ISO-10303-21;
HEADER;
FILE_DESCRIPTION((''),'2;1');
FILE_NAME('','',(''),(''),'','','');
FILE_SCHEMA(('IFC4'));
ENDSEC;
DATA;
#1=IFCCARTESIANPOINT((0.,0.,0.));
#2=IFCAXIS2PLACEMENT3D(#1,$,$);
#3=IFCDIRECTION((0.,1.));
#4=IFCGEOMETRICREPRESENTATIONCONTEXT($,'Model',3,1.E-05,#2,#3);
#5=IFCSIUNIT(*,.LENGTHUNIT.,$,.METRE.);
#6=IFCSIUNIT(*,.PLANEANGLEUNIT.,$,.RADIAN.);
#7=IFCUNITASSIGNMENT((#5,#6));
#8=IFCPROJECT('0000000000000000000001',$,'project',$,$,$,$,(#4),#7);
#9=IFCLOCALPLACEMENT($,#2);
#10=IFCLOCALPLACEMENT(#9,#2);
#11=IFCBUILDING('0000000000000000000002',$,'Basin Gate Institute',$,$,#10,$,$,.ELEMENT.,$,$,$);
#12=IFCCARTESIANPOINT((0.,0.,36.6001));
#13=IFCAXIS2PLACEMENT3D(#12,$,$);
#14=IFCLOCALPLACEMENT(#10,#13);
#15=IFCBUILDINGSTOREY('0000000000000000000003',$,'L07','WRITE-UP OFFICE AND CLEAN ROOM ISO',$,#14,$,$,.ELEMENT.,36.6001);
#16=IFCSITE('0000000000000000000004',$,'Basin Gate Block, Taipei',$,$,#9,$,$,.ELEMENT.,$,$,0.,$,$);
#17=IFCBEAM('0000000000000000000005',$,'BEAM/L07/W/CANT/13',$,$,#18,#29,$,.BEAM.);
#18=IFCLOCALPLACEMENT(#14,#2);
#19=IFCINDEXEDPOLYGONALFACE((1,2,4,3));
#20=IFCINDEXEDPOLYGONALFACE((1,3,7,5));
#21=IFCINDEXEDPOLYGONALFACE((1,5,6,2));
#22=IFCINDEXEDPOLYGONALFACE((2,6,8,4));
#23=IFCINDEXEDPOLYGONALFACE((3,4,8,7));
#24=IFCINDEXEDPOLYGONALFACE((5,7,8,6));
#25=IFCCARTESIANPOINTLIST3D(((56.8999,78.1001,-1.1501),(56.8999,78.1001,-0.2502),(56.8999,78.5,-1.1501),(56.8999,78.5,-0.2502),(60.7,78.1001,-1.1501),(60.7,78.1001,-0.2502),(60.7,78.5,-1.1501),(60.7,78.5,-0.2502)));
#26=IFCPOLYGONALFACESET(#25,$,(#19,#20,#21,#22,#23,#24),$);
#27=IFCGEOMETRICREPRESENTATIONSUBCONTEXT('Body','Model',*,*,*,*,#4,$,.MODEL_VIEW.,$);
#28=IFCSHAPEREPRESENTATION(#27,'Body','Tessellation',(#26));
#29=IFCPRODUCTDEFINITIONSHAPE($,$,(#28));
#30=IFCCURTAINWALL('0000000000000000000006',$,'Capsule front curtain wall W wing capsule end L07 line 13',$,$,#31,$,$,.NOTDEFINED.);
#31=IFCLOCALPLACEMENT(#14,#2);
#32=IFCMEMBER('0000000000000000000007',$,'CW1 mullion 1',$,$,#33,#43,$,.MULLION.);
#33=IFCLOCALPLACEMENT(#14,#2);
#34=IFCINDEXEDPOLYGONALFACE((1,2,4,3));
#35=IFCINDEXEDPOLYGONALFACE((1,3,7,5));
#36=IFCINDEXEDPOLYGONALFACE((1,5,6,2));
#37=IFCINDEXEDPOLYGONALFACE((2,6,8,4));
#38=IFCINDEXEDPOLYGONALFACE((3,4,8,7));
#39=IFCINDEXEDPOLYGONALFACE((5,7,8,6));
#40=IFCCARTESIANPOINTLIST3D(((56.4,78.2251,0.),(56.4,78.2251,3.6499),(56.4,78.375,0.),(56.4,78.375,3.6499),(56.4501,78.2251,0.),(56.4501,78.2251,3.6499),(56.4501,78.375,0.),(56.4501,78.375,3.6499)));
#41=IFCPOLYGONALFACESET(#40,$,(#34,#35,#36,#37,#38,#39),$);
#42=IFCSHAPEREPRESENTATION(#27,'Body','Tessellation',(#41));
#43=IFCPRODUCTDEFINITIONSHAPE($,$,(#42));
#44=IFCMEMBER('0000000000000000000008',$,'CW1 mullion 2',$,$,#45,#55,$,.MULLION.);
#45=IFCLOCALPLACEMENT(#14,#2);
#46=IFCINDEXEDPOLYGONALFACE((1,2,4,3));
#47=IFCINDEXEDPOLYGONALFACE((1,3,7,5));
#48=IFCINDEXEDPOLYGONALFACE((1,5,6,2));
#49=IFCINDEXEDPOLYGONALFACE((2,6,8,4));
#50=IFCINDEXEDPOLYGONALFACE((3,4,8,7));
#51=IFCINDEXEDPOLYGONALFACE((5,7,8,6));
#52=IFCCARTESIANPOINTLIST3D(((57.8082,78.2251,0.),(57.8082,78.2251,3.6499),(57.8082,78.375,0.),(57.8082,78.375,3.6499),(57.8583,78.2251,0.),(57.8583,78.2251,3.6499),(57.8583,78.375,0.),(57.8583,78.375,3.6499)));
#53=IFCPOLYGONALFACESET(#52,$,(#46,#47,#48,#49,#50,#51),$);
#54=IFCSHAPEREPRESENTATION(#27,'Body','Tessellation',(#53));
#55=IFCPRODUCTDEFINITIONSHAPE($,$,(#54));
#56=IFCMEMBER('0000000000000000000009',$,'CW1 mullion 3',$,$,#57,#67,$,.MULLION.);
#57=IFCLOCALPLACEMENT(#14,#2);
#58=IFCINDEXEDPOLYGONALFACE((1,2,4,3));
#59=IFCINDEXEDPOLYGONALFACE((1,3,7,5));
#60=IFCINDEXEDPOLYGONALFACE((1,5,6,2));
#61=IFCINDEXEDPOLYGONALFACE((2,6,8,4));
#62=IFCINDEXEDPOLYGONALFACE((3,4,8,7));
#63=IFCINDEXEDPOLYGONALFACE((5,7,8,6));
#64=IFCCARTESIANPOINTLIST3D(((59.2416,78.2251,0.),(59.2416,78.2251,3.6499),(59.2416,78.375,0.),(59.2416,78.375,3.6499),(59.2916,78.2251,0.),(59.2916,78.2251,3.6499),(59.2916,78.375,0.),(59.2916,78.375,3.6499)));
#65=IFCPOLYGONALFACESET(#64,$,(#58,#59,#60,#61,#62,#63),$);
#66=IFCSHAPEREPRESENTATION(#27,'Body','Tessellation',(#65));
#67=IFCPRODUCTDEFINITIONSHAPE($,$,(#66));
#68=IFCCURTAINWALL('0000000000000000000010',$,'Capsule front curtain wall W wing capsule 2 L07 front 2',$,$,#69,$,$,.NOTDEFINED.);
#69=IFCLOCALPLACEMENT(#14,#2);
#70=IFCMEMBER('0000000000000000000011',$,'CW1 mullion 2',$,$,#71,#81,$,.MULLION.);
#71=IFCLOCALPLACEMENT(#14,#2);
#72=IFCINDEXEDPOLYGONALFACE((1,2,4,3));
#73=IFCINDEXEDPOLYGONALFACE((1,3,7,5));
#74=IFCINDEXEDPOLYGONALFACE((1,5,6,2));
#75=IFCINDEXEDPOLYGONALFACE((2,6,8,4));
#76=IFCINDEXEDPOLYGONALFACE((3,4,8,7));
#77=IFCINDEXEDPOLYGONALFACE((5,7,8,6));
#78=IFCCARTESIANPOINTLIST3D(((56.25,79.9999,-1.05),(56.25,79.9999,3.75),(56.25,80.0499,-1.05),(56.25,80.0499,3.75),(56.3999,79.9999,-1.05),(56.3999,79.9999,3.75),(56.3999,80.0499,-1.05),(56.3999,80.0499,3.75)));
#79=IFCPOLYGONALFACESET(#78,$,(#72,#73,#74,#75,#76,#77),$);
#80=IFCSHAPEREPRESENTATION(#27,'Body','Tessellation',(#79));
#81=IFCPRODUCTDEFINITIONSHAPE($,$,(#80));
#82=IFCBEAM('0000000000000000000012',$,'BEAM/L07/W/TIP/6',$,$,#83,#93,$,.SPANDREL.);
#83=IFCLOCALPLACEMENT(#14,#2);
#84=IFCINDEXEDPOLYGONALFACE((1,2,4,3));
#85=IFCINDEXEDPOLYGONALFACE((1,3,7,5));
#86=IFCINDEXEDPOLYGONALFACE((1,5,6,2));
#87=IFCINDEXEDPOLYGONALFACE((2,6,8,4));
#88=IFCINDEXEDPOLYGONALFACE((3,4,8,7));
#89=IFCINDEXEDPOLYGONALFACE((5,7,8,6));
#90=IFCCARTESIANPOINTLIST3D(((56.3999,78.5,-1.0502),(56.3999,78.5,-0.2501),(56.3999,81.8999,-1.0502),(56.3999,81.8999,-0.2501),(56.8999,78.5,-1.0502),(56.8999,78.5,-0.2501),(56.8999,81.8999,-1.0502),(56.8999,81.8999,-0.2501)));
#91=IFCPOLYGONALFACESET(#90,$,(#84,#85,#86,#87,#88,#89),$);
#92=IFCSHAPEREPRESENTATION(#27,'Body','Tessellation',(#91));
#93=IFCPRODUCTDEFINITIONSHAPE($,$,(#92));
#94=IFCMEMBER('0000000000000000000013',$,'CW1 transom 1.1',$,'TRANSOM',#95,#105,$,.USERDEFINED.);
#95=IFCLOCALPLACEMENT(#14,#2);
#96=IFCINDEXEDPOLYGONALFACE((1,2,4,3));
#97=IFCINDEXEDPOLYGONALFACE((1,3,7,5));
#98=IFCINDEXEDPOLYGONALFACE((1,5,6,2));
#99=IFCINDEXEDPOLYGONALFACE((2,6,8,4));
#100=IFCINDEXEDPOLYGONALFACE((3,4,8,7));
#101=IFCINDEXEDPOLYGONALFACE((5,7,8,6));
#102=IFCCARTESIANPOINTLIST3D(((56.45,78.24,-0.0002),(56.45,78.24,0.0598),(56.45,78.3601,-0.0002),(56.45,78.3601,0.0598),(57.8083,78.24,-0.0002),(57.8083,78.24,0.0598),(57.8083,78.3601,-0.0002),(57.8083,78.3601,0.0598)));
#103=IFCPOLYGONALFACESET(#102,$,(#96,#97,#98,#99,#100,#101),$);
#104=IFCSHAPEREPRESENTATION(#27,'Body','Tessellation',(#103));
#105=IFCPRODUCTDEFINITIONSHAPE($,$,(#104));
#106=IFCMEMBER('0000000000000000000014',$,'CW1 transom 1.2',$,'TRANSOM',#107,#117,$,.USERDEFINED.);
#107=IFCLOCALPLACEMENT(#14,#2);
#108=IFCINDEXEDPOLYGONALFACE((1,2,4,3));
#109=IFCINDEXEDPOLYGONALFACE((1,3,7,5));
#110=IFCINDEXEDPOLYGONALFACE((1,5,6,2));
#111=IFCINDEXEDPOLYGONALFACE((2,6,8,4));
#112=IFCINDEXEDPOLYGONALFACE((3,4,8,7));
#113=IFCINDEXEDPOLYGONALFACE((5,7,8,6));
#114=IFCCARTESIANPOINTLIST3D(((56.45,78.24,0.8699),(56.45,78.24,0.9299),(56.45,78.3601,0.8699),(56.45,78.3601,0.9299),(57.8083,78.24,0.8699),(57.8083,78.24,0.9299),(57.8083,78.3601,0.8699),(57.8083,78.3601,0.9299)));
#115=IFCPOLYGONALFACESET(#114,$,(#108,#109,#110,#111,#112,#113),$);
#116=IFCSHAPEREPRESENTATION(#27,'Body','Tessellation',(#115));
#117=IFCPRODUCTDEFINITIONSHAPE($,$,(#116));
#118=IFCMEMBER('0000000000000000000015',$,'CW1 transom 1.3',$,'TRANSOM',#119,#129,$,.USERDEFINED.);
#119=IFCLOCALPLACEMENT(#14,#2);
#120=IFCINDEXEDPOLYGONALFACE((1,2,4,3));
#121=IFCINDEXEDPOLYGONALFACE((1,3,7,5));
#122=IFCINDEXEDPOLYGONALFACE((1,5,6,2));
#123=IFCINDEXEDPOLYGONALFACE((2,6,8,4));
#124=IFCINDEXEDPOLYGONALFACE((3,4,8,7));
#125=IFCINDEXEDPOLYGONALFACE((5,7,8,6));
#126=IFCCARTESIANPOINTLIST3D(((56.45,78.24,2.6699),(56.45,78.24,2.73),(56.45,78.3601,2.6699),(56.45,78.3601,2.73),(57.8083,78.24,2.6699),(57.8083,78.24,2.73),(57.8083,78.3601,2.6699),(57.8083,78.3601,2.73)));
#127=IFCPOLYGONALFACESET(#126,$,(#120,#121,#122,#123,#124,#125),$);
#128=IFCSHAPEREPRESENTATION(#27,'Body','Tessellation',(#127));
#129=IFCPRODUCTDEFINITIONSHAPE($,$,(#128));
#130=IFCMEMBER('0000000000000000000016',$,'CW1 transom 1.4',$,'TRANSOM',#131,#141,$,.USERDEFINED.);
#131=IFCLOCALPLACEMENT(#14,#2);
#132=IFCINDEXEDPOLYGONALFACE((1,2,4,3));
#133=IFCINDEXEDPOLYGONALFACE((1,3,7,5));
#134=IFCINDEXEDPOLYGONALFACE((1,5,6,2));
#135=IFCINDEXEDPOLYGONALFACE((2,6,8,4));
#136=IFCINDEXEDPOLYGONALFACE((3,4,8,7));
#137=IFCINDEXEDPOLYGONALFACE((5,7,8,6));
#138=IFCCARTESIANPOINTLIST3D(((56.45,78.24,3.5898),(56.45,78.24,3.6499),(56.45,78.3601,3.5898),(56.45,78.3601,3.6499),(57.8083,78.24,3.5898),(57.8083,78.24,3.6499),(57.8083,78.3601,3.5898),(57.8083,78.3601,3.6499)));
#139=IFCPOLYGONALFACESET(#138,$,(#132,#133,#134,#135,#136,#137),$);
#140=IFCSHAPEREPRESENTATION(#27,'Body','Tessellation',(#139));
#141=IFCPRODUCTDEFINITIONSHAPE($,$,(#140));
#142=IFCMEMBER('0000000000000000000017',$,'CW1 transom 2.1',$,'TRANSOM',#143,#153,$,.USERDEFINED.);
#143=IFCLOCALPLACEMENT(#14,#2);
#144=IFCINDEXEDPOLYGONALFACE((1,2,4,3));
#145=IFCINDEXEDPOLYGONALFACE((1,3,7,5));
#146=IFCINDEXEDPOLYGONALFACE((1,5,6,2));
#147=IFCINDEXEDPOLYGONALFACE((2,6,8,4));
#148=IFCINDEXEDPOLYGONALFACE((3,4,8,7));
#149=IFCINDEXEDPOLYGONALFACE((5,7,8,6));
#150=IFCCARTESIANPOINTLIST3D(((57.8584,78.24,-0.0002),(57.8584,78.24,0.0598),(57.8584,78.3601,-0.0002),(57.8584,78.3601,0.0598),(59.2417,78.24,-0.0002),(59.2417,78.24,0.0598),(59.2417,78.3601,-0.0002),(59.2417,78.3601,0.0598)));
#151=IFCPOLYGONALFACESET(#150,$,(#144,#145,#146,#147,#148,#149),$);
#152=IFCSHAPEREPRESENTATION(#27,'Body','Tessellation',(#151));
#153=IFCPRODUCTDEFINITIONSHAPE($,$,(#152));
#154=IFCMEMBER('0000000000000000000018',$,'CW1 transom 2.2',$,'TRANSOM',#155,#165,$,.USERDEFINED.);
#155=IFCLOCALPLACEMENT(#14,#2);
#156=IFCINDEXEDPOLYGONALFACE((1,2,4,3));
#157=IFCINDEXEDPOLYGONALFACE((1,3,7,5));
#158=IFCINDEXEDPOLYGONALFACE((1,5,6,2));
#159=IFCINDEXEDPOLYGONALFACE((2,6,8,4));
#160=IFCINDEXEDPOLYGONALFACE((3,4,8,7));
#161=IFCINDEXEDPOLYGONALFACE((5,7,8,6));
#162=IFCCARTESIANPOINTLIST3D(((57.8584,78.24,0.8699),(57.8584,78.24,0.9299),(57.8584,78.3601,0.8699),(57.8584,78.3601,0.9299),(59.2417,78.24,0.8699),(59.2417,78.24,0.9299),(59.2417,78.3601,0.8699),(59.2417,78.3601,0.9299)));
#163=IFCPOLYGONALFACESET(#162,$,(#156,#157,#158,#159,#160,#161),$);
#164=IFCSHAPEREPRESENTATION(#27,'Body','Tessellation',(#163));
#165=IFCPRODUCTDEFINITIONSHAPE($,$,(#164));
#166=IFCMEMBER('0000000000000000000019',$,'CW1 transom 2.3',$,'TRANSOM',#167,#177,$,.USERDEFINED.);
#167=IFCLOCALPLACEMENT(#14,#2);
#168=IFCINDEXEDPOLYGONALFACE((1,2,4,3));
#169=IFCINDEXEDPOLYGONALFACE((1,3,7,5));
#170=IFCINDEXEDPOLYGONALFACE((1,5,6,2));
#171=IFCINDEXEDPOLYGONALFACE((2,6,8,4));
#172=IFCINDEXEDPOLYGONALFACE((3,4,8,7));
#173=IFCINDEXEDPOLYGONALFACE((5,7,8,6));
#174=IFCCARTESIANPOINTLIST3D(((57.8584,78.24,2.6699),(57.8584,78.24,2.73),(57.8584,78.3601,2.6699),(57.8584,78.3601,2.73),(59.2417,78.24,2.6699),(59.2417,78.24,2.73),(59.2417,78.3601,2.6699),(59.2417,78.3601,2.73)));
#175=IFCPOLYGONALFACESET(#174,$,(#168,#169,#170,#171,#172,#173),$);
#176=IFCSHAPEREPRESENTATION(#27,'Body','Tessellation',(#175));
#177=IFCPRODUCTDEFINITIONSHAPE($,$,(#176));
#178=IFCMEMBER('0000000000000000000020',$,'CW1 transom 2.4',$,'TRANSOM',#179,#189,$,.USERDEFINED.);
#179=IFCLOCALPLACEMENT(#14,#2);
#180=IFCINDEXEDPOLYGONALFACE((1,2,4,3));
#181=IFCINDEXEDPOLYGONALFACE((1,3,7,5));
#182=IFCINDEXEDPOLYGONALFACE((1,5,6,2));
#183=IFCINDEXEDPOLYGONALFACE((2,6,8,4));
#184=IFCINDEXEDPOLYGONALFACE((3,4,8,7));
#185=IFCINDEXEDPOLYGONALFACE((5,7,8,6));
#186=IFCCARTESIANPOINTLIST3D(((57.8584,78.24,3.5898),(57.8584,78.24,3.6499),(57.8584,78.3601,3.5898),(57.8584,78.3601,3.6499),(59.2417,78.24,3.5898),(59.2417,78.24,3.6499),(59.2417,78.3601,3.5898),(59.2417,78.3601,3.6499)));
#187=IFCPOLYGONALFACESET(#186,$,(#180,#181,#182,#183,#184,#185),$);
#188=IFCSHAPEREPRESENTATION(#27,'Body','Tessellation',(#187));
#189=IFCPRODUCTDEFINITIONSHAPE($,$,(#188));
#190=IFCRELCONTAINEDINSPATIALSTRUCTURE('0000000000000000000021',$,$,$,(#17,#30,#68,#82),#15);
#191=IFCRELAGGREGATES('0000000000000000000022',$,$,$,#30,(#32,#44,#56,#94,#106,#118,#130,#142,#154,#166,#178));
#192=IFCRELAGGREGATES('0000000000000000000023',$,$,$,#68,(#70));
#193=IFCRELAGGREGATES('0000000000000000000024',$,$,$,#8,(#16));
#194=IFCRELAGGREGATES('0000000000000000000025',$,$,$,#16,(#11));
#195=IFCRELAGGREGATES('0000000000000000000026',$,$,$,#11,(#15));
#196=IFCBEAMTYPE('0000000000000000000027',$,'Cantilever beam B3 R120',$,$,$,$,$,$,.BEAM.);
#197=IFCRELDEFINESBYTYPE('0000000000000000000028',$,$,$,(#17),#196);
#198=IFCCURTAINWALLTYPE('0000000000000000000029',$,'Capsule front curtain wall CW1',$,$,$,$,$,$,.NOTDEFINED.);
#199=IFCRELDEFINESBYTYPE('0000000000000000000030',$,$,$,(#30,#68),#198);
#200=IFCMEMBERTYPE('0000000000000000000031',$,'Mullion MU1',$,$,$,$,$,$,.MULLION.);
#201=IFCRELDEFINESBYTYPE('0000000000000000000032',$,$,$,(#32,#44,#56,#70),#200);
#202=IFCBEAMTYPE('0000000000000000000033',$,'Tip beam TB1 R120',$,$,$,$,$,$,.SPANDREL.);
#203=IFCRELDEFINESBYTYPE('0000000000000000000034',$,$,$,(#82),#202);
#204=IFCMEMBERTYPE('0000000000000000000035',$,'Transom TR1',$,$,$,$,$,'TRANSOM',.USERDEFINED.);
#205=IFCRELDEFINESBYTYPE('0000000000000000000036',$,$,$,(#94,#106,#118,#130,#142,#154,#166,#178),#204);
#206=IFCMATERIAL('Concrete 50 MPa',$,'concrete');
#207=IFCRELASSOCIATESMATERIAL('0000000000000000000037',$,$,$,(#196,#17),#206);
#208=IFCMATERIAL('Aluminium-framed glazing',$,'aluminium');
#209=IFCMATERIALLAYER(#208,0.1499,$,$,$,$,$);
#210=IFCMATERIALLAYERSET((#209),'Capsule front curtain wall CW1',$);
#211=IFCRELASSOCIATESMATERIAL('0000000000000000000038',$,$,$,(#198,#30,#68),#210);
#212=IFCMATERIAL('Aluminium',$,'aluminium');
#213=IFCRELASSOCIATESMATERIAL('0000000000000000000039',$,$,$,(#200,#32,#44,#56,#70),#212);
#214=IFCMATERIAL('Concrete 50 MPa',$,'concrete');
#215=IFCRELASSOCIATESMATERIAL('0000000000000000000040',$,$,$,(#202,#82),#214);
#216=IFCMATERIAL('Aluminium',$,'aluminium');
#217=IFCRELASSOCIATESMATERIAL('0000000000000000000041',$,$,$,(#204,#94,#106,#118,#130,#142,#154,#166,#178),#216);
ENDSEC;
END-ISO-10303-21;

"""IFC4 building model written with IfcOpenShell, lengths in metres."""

from ifc_helpers import new_model, si_unit, direction, frame, origin, origin_2d, place, context, subcontext, project, spatial, rectangle, extrude, material, layer, layer_set, material_profile, profile_set, type_object, element, aggregate, save


model = new_model("IFC4")

# Units and contexts
model_context = context("Model", 3, precision=1e-05, world=origin(), true_north=direction((0.0, 1.0)))
body_context = subcontext(model_context, "Body", "Model", "MODEL_VIEW")
ifc_project = project(units=[si_unit("LENGTHUNIT", "METRE"), si_unit("PLANEANGLEUNIT", "RADIAN")], contexts=[model_context])

# Site, building, storey
site_placement = place(None, origin())
site = spatial("IfcSite", under=ifc_project, at=site_placement, Name="Basin Gate Block, Taipei", CompositionType="ELEMENT", RefElevation=0.0)
building_placement = place(site_placement, origin())
building = spatial("IfcBuilding", under=site, at=building_placement, Name="Basin Gate Institute", CompositionType="ELEMENT")
storey_placement = place(building_placement, frame((0.0, 0.0, 36.6001)))
storey = spatial("IfcBuildingStorey", under=building, at=storey_placement, Name="L07", Description="WRITE-UP OFFICE AND CLEAN ROOM ISO", CompositionType="ELEMENT", Elevation=36.6001)

# Beam
ifc_material_1 = material(Name="Concrete 50 MPa", Category="concrete")
ifc_material_profile_1 = material_profile(ifc_material_1, rectangle(XDim=0.3999, YDim=0.8999, at=origin_2d()), Name="Cantilever beam B3 400 x 900")
ifc_profile_set_1 = profile_set([ifc_material_profile_1], Name="Concrete 50 MPa")
beam_type_1 = type_object("IfcBeamType", Name="Cantilever beam B3 R120", PredefinedType="BEAM", material=ifc_profile_set_1)
beam_1_placement = place(storey_placement, frame((56.8999, 78.3, -0.7002), z_axis=(1.0, 0.0, 0.0), x_axis=(0.0, 1.0, 0.0)))
element("IfcBeam", 1, at=beam_1_placement, inside=storey, type_object=beam_type_1, material=ifc_profile_set_1, Name="BEAM/L07/W/CANT/13", PredefinedType="BEAM", context=body_context, shape_type="SweptSolid", body=[
    extrude(rectangle(XDim=0.3999, YDim=0.8999, at=origin_2d()), origin(), (0.0, 0.0, 1.0), 3.8),
])

# Curtain wall, members
ifc_material_2 = material(Name="Aluminium-framed glazing", Category="aluminium")
ifc_layer_1 = layer(ifc_material_2, 0.1499)
ifc_layer_set_1 = layer_set([ifc_layer_1], Name="Capsule front curtain wall CW1")
curtain_wall_type = type_object("IfcCurtainWallType", Name="Capsule front curtain wall CW1", PredefinedType="NOTDEFINED", material=ifc_layer_set_1)
curtain_wall_1_placement = place(storey_placement, origin())
curtain_wall_1 = element("IfcCurtainWall", 2, at=curtain_wall_1_placement, inside=storey, type_object=curtain_wall_type, material=ifc_layer_set_1, Name="Capsule front curtain wall W wing capsule end L07 line 13", PredefinedType="NOTDEFINED")
ifc_material_3 = material(Name="Aluminium", Category="aluminium")
ifc_material_profile_2 = material_profile(ifc_material_3, rectangle(XDim=0.1499, YDim=0.05, at=origin_2d()), Name="Mullion MU1 150 x 50")
ifc_profile_set_2 = profile_set([ifc_material_profile_2], Name="Aluminium")
member_type_1 = type_object("IfcMemberType", Name="Mullion MU1", PredefinedType="MULLION", material=ifc_profile_set_2)
member_1_placement = place(storey_placement, frame((56.425, 78.3, 0.0), z_axis=(0.0, 0.0, 1.0), x_axis=(0.0, 1.0, 0.0)))
member_1 = element("IfcMember", 3, at=member_1_placement, type_object=member_type_1, material=ifc_profile_set_2, Name="CW1 mullion 1", PredefinedType="MULLION", context=body_context, shape_type="SweptSolid", body=[
    extrude(rectangle(XDim=0.1499, YDim=0.05, at=origin_2d()), origin(), (0.0, 0.0, 1.0), 3.6499),
])
member_2_placement = place(storey_placement, frame((57.8333, 78.3, 0.0), z_axis=(0.0, 0.0, 1.0), x_axis=(0.0, 1.0, 0.0)))
member_2 = element("IfcMember", 4, at=member_2_placement, type_object=member_type_1, material=ifc_profile_set_2, Name="CW1 mullion 2", PredefinedType="MULLION", context=body_context, shape_type="SweptSolid", body=[
    extrude(rectangle(XDim=0.1499, YDim=0.05, at=origin_2d()), origin(), (0.0, 0.0, 1.0), 3.6499),
])
member_3_placement = place(storey_placement, frame((59.2666, 78.3, 0.0), z_axis=(0.0, 0.0, 1.0), x_axis=(0.0, 1.0, 0.0)))
member_3 = element("IfcMember", 5, at=member_3_placement, type_object=member_type_1, material=ifc_profile_set_2, Name="CW1 mullion 3", PredefinedType="MULLION", context=body_context, shape_type="SweptSolid", body=[
    extrude(rectangle(XDim=0.1499, YDim=0.05, at=origin_2d()), origin(), (0.0, 0.0, 1.0), 3.6499),
])

# Curtain wall, member
curtain_wall_2_placement = place(storey_placement, origin())
curtain_wall_2 = element("IfcCurtainWall", 6, at=curtain_wall_2_placement, inside=storey, type_object=curtain_wall_type, material=ifc_layer_set_1, Name="Capsule front curtain wall W wing capsule 2 L07 front 2", PredefinedType="NOTDEFINED")
member_4_placement = place(storey_placement, frame((56.325, 80.0249, -1.05), z_axis=(0.0, 0.0, 1.0), x_axis=(-1.0, 0.0, 0.0)))
member_4 = element("IfcMember", 7, at=member_4_placement, type_object=member_type_1, material=ifc_profile_set_2, Name="CW1 mullion 2", PredefinedType="MULLION", context=body_context, shape_type="SweptSolid", body=[
    extrude(rectangle(XDim=0.1499, YDim=0.05, at=origin_2d()), origin(), (0.0, 0.0, 1.0), 4.8),
])

# Beam
ifc_material_4 = material(Name="Concrete 50 MPa", Category="concrete")
ifc_material_profile_3 = material_profile(ifc_material_4, rectangle(XDim=0.5, YDim=0.8, at=origin_2d()), Name="Tip beam TB1 500 x 800")
ifc_profile_set_3 = profile_set([ifc_material_profile_3], Name="Concrete 50 MPa")
beam_type_2 = type_object("IfcBeamType", Name="Tip beam TB1 R120", PredefinedType="SPANDREL", material=ifc_profile_set_3)
beam_2_placement = place(storey_placement, frame((56.6499, 78.5, -0.6501), z_axis=(0.0, 1.0, 0.0), x_axis=(-1.0, 0.0, 0.0)))
element("IfcBeam", 8, at=beam_2_placement, inside=storey, type_object=beam_type_2, material=ifc_profile_set_3, Name="BEAM/L07/W/TIP/6", PredefinedType="SPANDREL", context=body_context, shape_type="SweptSolid", body=[
    extrude(rectangle(XDim=0.5, YDim=0.8, at=origin_2d()), origin(), (0.0, 0.0, 1.0), 3.3999),
])

# Members
ifc_material_5 = material(Name="Aluminium", Category="aluminium")
ifc_material_profile_4 = material_profile(ifc_material_5, rectangle(XDim=0.1201, YDim=0.0601, at=origin_2d()), Name="Transom TR1 120 x 60")
ifc_profile_set_4 = profile_set([ifc_material_profile_4], Name="Aluminium")
member_type_2 = type_object("IfcMemberType", Name="Transom TR1", ElementType="TRANSOM", PredefinedType="USERDEFINED", material=ifc_profile_set_4)
member_5_placement = place(storey_placement, frame((56.45, 78.3, 0.0298), z_axis=(1.0, 0.0, 0.0), x_axis=(0.0, 1.0, 0.0)))
member_5 = element("IfcMember", 9, at=member_5_placement, type_object=member_type_2, material=ifc_profile_set_4, Name="CW1 transom 1.1", ObjectType="TRANSOM", PredefinedType="USERDEFINED", context=body_context, shape_type="SweptSolid", body=[
    extrude(rectangle(XDim=0.1201, YDim=0.0601, at=origin_2d()), origin(), (0.0, 0.0, 1.0), 1.3584),
])
member_6_placement = place(storey_placement, frame((56.45, 78.3, 0.8999), z_axis=(1.0, 0.0, 0.0), x_axis=(0.0, 1.0, 0.0)))
member_6 = element("IfcMember", 10, at=member_6_placement, type_object=member_type_2, material=ifc_profile_set_4, Name="CW1 transom 1.2", ObjectType="TRANSOM", PredefinedType="USERDEFINED", context=body_context, shape_type="SweptSolid", body=[
    extrude(rectangle(XDim=0.1201, YDim=0.0601, at=origin_2d()), origin(), (0.0, 0.0, 1.0), 1.3584),
])
member_7_placement = place(storey_placement, frame((56.45, 78.3, 2.7), z_axis=(1.0, 0.0, 0.0), x_axis=(0.0, 1.0, 0.0)))
member_7 = element("IfcMember", 11, at=member_7_placement, type_object=member_type_2, material=ifc_profile_set_4, Name="CW1 transom 1.3", ObjectType="TRANSOM", PredefinedType="USERDEFINED", context=body_context, shape_type="SweptSolid", body=[
    extrude(rectangle(XDim=0.1201, YDim=0.0601, at=origin_2d()), origin(), (0.0, 0.0, 1.0), 1.3584),
])
member_8_placement = place(storey_placement, frame((56.45, 78.3, 3.6199), z_axis=(1.0, 0.0, 0.0), x_axis=(0.0, 1.0, 0.0)))
member_8 = element("IfcMember", 12, at=member_8_placement, type_object=member_type_2, material=ifc_profile_set_4, Name="CW1 transom 1.4", ObjectType="TRANSOM", PredefinedType="USERDEFINED", context=body_context, shape_type="SweptSolid", body=[
    extrude(rectangle(XDim=0.1201, YDim=0.0601, at=origin_2d()), origin(), (0.0, 0.0, 1.0), 1.3584),
])
member_9_placement = place(storey_placement, frame((57.8584, 78.3, 0.0298), z_axis=(1.0, 0.0, 0.0), x_axis=(0.0, 1.0, 0.0)))
member_9 = element("IfcMember", 13, at=member_9_placement, type_object=member_type_2, material=ifc_profile_set_4, Name="CW1 transom 2.1", ObjectType="TRANSOM", PredefinedType="USERDEFINED", context=body_context, shape_type="SweptSolid", body=[
    extrude(rectangle(XDim=0.1201, YDim=0.0601, at=origin_2d()), origin(), (0.0, 0.0, 1.0), 1.3833),
])
member_10_placement = place(storey_placement, frame((57.8584, 78.3, 0.8999), z_axis=(1.0, 0.0, 0.0), x_axis=(0.0, 1.0, 0.0)))
member_10 = element("IfcMember", 14, at=member_10_placement, type_object=member_type_2, material=ifc_profile_set_4, Name="CW1 transom 2.2", ObjectType="TRANSOM", PredefinedType="USERDEFINED", context=body_context, shape_type="SweptSolid", body=[
    extrude(rectangle(XDim=0.1201, YDim=0.0601, at=origin_2d()), origin(), (0.0, 0.0, 1.0), 1.3833),
])
member_11_placement = place(storey_placement, frame((57.8584, 78.3, 2.7), z_axis=(1.0, 0.0, 0.0), x_axis=(0.0, 1.0, 0.0)))
member_11 = element("IfcMember", 15, at=member_11_placement, type_object=member_type_2, material=ifc_profile_set_4, Name="CW1 transom 2.3", ObjectType="TRANSOM", PredefinedType="USERDEFINED", context=body_context, shape_type="SweptSolid", body=[
    extrude(rectangle(XDim=0.1201, YDim=0.0601, at=origin_2d()), origin(), (0.0, 0.0, 1.0), 1.3833),
])
member_12_placement = place(storey_placement, frame((57.8584, 78.3, 3.6199), z_axis=(1.0, 0.0, 0.0), x_axis=(0.0, 1.0, 0.0)))
member_12 = element("IfcMember", 16, at=member_12_placement, type_object=member_type_2, material=ifc_profile_set_4, Name="CW1 transom 2.4", ObjectType="TRANSOM", PredefinedType="USERDEFINED", context=body_context, shape_type="SweptSolid", body=[
    extrude(rectangle(XDim=0.1201, YDim=0.0601, at=origin_2d()), origin(), (0.0, 0.0, 1.0), 1.3833),
])

aggregate(curtain_wall_1, [member_1, member_2, member_3, member_5, member_6, member_7, member_8, member_9, member_10, member_11, member_12])
aggregate(curtain_wall_2, [member_4])

save(model, "model.ifc")
